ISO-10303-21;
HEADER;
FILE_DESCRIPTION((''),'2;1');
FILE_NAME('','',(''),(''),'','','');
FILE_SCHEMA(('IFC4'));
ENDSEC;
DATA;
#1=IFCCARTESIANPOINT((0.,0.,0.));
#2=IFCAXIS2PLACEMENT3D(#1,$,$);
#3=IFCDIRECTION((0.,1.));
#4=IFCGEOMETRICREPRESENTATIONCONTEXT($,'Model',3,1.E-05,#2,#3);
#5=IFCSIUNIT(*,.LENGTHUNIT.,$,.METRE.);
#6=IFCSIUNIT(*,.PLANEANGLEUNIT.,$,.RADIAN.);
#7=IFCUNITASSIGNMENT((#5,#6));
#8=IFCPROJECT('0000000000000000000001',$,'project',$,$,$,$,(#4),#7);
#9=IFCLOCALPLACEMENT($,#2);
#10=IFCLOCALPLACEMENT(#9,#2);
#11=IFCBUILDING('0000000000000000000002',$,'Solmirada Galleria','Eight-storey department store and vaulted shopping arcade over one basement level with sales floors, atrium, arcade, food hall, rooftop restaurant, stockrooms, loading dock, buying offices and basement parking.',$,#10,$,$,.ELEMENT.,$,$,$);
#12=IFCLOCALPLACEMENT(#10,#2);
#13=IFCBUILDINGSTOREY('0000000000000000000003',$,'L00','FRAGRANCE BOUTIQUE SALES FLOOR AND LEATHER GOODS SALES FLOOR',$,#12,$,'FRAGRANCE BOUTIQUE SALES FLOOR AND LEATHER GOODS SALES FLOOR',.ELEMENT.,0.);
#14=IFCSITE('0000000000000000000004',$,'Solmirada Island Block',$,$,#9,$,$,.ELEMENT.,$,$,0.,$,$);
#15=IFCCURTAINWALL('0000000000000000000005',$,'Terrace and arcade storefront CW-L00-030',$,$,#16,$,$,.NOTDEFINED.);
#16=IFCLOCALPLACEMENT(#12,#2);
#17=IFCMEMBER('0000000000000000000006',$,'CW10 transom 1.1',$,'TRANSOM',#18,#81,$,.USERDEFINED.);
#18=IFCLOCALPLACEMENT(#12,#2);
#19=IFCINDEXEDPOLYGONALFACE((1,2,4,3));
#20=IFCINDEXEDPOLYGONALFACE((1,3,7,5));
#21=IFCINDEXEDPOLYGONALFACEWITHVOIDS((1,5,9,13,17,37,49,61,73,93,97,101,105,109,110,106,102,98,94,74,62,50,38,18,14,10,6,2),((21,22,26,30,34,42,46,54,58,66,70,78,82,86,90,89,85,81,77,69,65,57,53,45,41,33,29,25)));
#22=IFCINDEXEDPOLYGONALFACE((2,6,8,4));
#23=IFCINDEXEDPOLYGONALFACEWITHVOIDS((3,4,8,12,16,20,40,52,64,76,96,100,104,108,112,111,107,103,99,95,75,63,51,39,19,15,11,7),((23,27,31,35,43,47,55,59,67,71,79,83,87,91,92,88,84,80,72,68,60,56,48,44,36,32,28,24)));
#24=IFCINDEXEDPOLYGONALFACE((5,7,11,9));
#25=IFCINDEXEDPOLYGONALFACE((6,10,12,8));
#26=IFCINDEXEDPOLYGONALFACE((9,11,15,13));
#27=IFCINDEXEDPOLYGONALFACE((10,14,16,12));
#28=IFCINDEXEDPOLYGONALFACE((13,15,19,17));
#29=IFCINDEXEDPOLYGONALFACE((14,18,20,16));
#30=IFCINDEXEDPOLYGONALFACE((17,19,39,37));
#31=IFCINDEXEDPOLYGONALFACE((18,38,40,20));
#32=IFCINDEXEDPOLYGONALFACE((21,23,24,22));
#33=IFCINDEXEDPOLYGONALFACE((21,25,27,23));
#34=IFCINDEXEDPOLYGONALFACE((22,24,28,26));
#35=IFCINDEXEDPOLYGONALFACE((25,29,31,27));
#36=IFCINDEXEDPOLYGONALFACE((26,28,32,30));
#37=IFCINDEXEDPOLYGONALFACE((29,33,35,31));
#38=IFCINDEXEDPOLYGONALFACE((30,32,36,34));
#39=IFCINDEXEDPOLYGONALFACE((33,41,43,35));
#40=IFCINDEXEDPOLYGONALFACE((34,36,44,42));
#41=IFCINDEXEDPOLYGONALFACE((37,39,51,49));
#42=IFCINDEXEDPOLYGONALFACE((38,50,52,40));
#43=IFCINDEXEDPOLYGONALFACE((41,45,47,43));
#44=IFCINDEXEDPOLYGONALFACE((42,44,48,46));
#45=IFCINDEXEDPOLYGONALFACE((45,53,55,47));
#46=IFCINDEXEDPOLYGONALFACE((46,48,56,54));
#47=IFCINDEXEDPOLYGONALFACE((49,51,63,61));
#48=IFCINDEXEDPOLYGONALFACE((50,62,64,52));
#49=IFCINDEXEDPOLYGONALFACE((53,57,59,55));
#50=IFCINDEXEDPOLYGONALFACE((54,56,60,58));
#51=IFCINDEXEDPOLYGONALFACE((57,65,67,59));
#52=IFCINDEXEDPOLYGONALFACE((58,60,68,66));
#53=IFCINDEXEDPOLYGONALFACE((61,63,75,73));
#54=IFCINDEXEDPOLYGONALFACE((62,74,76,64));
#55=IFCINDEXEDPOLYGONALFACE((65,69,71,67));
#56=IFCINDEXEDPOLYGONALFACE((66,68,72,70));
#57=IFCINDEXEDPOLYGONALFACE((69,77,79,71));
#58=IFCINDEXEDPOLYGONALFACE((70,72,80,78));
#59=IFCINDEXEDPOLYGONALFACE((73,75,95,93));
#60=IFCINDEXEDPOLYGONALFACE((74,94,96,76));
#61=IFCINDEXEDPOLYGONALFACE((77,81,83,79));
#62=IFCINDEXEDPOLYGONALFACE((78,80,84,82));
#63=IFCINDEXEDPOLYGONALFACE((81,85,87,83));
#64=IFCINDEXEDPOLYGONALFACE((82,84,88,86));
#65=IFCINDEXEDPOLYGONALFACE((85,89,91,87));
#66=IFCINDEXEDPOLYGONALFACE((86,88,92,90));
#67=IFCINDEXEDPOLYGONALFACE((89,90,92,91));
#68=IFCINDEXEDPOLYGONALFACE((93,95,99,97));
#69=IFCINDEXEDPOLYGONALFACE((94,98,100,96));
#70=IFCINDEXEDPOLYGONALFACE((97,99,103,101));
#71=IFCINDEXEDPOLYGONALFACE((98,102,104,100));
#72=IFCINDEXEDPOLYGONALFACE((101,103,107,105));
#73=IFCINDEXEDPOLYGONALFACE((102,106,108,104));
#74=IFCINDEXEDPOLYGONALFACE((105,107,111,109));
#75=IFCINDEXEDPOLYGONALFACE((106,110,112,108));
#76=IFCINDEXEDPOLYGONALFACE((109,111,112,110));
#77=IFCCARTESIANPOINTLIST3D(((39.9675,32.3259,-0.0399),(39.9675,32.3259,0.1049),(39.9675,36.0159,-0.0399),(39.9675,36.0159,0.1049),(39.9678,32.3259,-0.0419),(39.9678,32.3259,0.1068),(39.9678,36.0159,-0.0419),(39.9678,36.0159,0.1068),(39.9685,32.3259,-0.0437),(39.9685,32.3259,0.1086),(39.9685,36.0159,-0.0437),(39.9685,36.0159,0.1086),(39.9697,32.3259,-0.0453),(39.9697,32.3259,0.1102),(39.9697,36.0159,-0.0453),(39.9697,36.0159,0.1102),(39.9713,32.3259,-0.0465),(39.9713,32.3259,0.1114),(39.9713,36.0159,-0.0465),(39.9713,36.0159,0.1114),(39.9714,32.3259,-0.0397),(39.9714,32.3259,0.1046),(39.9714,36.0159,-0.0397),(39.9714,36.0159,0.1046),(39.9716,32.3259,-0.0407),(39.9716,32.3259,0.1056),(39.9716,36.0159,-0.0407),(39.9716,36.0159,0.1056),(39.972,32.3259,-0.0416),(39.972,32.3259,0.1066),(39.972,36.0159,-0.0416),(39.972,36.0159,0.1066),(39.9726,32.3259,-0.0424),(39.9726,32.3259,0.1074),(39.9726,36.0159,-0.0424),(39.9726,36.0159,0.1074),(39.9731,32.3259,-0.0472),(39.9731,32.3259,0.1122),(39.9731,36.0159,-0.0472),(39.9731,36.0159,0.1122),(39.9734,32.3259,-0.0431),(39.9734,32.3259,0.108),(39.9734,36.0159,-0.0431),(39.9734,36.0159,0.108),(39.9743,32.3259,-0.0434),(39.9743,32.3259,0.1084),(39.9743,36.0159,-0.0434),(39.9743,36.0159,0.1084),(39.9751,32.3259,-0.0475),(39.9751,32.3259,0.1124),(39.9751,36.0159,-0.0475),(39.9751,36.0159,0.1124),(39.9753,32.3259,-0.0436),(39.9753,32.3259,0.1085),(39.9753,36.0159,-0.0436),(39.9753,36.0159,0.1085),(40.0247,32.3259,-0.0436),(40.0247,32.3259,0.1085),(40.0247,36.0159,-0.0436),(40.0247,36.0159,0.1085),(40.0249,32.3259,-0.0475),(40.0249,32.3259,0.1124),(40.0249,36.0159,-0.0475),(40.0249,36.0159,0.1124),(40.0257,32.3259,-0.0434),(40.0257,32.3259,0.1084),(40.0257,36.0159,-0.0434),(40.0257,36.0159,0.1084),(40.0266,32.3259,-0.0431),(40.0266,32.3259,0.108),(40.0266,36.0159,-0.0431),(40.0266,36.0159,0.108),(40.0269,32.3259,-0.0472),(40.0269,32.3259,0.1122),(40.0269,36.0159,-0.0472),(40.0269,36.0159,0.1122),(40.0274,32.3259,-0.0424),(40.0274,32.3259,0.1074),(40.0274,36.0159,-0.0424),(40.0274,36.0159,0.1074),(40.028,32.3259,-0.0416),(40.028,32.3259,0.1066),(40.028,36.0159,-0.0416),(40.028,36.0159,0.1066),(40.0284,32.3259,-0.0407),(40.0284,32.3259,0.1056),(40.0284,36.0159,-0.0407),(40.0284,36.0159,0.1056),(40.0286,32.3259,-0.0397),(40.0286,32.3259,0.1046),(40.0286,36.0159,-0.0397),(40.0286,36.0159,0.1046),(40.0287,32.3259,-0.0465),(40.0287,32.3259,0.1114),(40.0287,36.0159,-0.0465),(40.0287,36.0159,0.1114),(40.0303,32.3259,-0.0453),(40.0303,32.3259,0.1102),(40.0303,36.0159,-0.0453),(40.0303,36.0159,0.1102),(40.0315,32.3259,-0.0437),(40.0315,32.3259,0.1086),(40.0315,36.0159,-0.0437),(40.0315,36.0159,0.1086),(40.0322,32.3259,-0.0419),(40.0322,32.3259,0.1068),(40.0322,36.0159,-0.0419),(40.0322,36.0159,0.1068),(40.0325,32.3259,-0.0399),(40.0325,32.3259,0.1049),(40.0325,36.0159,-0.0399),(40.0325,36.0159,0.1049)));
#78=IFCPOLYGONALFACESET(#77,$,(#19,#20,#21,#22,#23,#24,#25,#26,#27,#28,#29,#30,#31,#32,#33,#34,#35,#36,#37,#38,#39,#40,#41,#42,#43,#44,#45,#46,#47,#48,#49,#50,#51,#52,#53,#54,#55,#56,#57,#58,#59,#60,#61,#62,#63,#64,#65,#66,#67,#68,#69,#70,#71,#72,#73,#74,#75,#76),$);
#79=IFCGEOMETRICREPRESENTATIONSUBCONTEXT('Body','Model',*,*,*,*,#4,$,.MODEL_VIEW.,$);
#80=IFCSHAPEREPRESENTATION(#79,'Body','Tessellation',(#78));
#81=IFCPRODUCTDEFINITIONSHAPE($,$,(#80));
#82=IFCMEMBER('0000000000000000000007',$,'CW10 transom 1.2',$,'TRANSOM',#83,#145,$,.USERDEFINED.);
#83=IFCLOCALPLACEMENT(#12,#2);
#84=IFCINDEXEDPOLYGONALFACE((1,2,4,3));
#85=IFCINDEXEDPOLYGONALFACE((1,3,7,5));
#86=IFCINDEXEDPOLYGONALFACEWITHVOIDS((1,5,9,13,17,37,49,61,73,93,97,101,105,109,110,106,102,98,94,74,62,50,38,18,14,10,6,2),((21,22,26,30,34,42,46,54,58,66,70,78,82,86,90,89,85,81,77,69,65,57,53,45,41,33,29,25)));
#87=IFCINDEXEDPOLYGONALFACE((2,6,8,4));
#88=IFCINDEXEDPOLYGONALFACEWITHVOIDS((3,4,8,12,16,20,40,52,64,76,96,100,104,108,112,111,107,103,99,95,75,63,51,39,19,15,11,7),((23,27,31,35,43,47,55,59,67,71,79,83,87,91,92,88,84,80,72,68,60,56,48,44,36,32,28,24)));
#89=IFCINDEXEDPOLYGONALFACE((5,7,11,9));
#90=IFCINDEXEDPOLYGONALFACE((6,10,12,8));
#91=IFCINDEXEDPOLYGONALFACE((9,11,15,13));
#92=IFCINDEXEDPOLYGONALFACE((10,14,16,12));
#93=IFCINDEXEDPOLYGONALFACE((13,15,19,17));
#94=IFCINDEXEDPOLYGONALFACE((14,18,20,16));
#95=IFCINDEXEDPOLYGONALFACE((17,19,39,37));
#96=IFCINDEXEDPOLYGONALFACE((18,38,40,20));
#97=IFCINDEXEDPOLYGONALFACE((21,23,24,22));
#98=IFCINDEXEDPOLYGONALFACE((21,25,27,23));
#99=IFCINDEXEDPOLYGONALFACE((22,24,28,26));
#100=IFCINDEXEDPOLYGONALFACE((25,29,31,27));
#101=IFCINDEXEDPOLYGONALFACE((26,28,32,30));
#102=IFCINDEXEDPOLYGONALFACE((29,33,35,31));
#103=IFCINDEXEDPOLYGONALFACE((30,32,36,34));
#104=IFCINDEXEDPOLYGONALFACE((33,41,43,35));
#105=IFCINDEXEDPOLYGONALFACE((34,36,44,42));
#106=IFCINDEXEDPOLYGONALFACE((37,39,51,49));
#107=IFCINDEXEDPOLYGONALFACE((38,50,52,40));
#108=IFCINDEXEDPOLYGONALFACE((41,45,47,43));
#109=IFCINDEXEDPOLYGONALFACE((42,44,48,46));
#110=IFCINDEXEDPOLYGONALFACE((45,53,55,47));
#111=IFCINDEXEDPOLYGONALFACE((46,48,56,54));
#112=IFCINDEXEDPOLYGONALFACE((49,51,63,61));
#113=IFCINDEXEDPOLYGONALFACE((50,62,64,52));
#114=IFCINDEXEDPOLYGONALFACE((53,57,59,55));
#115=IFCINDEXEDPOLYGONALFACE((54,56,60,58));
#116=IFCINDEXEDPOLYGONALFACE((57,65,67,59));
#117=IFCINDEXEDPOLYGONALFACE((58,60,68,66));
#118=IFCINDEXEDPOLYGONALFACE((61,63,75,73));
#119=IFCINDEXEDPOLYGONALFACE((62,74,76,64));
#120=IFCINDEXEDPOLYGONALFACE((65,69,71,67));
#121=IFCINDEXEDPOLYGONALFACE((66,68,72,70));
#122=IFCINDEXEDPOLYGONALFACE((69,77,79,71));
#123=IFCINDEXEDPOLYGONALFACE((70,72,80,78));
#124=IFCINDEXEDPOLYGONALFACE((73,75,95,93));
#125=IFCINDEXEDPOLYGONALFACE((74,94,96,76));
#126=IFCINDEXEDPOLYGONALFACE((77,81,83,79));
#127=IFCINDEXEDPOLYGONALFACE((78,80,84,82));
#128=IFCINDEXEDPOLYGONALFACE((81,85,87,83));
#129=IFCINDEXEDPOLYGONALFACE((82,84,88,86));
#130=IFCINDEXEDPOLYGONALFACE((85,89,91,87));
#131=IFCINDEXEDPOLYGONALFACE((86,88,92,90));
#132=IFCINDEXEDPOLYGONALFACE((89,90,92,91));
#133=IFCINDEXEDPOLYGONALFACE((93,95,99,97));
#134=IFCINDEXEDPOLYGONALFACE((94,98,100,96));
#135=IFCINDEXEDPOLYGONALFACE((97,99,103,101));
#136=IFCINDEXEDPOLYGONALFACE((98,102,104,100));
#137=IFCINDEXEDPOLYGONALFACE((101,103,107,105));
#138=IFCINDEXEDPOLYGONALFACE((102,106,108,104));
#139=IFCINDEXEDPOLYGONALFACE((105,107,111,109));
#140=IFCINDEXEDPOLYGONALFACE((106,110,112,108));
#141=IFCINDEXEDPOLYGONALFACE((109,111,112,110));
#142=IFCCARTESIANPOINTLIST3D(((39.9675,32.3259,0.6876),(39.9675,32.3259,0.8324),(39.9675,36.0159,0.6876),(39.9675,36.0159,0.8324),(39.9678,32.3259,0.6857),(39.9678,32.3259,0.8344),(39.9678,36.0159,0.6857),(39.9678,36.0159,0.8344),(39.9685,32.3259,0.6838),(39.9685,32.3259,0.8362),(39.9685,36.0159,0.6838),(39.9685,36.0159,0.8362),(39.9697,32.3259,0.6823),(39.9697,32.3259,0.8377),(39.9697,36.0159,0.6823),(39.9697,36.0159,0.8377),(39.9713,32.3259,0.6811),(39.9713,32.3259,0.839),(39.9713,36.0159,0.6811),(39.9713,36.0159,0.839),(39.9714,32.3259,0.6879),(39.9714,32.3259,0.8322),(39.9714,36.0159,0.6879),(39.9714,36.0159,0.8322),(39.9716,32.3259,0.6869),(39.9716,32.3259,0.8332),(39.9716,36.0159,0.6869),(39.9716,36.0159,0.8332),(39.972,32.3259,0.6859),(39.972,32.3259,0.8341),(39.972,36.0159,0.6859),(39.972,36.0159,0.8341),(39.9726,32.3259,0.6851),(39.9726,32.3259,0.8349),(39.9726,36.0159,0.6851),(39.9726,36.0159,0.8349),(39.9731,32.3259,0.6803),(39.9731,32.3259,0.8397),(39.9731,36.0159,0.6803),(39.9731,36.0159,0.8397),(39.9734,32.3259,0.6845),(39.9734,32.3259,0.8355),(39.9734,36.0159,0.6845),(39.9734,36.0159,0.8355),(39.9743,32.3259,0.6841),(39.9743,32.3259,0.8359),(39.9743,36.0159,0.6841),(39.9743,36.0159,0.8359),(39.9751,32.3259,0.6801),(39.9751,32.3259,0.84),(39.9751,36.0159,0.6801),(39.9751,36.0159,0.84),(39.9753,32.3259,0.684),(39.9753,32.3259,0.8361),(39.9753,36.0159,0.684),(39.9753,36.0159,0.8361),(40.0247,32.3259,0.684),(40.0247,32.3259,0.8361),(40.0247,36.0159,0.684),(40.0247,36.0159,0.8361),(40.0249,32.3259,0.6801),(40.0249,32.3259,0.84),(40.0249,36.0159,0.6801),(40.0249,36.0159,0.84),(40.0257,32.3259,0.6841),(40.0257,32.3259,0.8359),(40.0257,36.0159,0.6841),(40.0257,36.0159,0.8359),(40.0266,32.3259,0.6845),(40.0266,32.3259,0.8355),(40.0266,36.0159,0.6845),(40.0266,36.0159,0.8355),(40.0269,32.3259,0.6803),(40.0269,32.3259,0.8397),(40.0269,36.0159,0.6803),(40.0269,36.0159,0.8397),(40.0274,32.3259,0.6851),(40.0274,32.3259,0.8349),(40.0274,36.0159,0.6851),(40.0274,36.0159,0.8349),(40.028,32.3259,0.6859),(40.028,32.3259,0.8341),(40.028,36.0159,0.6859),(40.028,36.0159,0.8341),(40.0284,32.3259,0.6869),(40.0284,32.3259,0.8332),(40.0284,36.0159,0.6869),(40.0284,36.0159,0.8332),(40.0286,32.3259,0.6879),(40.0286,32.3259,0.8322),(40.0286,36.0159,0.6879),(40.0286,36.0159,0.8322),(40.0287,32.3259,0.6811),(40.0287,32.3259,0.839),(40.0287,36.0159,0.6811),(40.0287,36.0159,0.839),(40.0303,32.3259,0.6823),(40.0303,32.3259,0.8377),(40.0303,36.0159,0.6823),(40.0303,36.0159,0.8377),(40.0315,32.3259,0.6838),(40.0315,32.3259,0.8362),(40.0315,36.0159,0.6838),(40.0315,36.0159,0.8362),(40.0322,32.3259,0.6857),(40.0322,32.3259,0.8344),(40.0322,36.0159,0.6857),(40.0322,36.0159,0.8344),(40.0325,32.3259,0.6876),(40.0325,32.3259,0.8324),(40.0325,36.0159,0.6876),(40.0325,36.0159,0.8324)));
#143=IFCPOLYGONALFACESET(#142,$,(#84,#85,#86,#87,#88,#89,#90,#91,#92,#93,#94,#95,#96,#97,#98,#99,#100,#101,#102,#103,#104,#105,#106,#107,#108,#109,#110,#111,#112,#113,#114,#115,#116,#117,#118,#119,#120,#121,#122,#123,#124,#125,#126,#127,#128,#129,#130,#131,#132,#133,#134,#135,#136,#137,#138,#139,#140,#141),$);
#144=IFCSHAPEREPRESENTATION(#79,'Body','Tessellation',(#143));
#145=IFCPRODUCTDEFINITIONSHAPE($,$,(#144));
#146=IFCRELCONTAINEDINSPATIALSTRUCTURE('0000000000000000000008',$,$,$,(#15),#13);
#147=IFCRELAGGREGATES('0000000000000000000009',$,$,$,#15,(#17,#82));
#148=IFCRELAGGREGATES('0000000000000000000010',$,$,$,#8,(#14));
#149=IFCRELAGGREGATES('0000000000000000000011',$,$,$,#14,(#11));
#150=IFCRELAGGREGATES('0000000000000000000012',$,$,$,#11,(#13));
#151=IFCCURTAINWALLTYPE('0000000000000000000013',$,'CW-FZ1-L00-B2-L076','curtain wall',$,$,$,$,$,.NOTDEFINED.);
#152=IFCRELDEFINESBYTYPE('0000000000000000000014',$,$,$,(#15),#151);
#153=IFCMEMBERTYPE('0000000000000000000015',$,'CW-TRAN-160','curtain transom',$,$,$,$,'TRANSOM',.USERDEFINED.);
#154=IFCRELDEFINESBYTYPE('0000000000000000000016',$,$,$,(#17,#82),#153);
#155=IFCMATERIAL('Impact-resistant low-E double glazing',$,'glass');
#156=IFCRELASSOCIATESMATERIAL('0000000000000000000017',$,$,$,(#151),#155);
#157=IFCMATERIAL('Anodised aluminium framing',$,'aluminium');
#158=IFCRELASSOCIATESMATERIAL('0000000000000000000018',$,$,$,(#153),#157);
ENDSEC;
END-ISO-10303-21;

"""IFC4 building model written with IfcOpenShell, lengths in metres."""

from ifc_helpers import new_model, si_unit, direction, frame, origin, origin_2d, place, context, subcontext, project, spatial, hollow_rectangle, extrude, material, material_profile, profile_set, type_object, element, aggregate, save


model = new_model("IFC4")

# Units and contexts
model_context = context("Model", 3, precision=1e-05, world=origin(), true_north=direction((0.0, 1.0)))
body_context = subcontext(model_context, "Body", "Model", "MODEL_VIEW")
ifc_project = project(units=[si_unit("LENGTHUNIT", "METRE"), si_unit("PLANEANGLEUNIT", "RADIAN")], contexts=[model_context])

# Site, building, storey
site_placement = place(None, origin())
site = spatial("IfcSite", under=ifc_project, at=site_placement, Name="Solmirada Island Block", CompositionType="ELEMENT", RefElevation=0.0)
building_placement = place(site_placement, origin())
building = spatial("IfcBuilding", under=site, at=building_placement, Name="Solmirada Galleria", Description="Eight-storey department store and vaulted shopping arcade over one basement level with sales floors, atrium, arcade, food hall, rooftop restaurant, stockrooms, loading dock, buying offices and basement parking.", CompositionType="ELEMENT")
storey_placement = place(building_placement, origin())
storey = spatial("IfcBuildingStorey", under=building, at=storey_placement, Name="L00", Description="FRAGRANCE BOUTIQUE SALES FLOOR AND LEATHER GOODS SALES FLOOR", LongName="FRAGRANCE BOUTIQUE SALES FLOOR AND LEATHER GOODS SALES FLOOR", CompositionType="ELEMENT", Elevation=0.0)

# Curtain wall
ifc_material_1 = material(Name="Impact-resistant low-E double glazing", Category="glass")
curtain_wall_type = type_object("IfcCurtainWallType", Name="CW-FZ1-L00-B2-L076", Description="curtain wall", PredefinedType="NOTDEFINED", material=ifc_material_1)
ifc_material_2 = material(Name="Anodised aluminium framing", Category="aluminium")
curtain_wall_1_placement = place(storey_placement, origin())
curtain_wall_1 = element("IfcCurtainWall", 1, at=curtain_wall_1_placement, inside=storey, type_object=curtain_wall_type, Name="Terrace and arcade storefront CW-L00-030", PredefinedType="NOTDEFINED")

# Members
ifc_material_profile_1 = material_profile(ifc_material_2, hollow_rectangle(XDim=0.0649, YDim=0.1599, WallThickness=0.0039, InnerFilletRadius=0.0039, OuterFilletRadius=0.0076, at=origin_2d()), Name="ALU-TRAN-160X65")
ifc_profile_set_1 = profile_set([ifc_material_profile_1], Name="Anodised aluminium framing")
member_type_1 = type_object("IfcMemberType", Name="CW-TRAN-160", Description="curtain transom", ElementType="TRANSOM", PredefinedType="USERDEFINED", material=ifc_profile_set_1)
member_1_placement = place(storey_placement, frame((40.0, 32.3259, 0.0325), z_axis=(0.0, 1.0, 0.0), x_axis=(-1.0, 0.0, 0.0)))
member_1 = element("IfcMember", 2, at=member_1_placement, type_object=member_type_1, Name="CW10 transom 1.1", ObjectType="TRANSOM", PredefinedType="USERDEFINED", context=body_context, shape_type="SweptSolid", body=[
    extrude(hollow_rectangle(XDim=0.0649, YDim=0.1599, WallThickness=0.0039, InnerFilletRadius=0.0039, OuterFilletRadius=0.0076, at=origin_2d()), origin(), (0.0, 0.0, 1.0), 3.6899),
])
member_2_placement = place(storey_placement, frame((40.0, 32.3259, 0.76), z_axis=(0.0, 1.0, 0.0), x_axis=(-1.0, 0.0, 0.0)))
member_2 = element("IfcMember", 3, at=member_2_placement, type_object=member_type_1, Name="CW10 transom 1.2", ObjectType="TRANSOM", PredefinedType="USERDEFINED", context=body_context, shape_type="SweptSolid", body=[
    extrude(hollow_rectangle(XDim=0.0649, YDim=0.1599, WallThickness=0.0039, InnerFilletRadius=0.0039, OuterFilletRadius=0.0076, at=origin_2d()), origin(), (0.0, 0.0, 1.0), 3.6899),
])

aggregate(curtain_wall_1, [member_1, member_2])

save(model, "model.ifc")
